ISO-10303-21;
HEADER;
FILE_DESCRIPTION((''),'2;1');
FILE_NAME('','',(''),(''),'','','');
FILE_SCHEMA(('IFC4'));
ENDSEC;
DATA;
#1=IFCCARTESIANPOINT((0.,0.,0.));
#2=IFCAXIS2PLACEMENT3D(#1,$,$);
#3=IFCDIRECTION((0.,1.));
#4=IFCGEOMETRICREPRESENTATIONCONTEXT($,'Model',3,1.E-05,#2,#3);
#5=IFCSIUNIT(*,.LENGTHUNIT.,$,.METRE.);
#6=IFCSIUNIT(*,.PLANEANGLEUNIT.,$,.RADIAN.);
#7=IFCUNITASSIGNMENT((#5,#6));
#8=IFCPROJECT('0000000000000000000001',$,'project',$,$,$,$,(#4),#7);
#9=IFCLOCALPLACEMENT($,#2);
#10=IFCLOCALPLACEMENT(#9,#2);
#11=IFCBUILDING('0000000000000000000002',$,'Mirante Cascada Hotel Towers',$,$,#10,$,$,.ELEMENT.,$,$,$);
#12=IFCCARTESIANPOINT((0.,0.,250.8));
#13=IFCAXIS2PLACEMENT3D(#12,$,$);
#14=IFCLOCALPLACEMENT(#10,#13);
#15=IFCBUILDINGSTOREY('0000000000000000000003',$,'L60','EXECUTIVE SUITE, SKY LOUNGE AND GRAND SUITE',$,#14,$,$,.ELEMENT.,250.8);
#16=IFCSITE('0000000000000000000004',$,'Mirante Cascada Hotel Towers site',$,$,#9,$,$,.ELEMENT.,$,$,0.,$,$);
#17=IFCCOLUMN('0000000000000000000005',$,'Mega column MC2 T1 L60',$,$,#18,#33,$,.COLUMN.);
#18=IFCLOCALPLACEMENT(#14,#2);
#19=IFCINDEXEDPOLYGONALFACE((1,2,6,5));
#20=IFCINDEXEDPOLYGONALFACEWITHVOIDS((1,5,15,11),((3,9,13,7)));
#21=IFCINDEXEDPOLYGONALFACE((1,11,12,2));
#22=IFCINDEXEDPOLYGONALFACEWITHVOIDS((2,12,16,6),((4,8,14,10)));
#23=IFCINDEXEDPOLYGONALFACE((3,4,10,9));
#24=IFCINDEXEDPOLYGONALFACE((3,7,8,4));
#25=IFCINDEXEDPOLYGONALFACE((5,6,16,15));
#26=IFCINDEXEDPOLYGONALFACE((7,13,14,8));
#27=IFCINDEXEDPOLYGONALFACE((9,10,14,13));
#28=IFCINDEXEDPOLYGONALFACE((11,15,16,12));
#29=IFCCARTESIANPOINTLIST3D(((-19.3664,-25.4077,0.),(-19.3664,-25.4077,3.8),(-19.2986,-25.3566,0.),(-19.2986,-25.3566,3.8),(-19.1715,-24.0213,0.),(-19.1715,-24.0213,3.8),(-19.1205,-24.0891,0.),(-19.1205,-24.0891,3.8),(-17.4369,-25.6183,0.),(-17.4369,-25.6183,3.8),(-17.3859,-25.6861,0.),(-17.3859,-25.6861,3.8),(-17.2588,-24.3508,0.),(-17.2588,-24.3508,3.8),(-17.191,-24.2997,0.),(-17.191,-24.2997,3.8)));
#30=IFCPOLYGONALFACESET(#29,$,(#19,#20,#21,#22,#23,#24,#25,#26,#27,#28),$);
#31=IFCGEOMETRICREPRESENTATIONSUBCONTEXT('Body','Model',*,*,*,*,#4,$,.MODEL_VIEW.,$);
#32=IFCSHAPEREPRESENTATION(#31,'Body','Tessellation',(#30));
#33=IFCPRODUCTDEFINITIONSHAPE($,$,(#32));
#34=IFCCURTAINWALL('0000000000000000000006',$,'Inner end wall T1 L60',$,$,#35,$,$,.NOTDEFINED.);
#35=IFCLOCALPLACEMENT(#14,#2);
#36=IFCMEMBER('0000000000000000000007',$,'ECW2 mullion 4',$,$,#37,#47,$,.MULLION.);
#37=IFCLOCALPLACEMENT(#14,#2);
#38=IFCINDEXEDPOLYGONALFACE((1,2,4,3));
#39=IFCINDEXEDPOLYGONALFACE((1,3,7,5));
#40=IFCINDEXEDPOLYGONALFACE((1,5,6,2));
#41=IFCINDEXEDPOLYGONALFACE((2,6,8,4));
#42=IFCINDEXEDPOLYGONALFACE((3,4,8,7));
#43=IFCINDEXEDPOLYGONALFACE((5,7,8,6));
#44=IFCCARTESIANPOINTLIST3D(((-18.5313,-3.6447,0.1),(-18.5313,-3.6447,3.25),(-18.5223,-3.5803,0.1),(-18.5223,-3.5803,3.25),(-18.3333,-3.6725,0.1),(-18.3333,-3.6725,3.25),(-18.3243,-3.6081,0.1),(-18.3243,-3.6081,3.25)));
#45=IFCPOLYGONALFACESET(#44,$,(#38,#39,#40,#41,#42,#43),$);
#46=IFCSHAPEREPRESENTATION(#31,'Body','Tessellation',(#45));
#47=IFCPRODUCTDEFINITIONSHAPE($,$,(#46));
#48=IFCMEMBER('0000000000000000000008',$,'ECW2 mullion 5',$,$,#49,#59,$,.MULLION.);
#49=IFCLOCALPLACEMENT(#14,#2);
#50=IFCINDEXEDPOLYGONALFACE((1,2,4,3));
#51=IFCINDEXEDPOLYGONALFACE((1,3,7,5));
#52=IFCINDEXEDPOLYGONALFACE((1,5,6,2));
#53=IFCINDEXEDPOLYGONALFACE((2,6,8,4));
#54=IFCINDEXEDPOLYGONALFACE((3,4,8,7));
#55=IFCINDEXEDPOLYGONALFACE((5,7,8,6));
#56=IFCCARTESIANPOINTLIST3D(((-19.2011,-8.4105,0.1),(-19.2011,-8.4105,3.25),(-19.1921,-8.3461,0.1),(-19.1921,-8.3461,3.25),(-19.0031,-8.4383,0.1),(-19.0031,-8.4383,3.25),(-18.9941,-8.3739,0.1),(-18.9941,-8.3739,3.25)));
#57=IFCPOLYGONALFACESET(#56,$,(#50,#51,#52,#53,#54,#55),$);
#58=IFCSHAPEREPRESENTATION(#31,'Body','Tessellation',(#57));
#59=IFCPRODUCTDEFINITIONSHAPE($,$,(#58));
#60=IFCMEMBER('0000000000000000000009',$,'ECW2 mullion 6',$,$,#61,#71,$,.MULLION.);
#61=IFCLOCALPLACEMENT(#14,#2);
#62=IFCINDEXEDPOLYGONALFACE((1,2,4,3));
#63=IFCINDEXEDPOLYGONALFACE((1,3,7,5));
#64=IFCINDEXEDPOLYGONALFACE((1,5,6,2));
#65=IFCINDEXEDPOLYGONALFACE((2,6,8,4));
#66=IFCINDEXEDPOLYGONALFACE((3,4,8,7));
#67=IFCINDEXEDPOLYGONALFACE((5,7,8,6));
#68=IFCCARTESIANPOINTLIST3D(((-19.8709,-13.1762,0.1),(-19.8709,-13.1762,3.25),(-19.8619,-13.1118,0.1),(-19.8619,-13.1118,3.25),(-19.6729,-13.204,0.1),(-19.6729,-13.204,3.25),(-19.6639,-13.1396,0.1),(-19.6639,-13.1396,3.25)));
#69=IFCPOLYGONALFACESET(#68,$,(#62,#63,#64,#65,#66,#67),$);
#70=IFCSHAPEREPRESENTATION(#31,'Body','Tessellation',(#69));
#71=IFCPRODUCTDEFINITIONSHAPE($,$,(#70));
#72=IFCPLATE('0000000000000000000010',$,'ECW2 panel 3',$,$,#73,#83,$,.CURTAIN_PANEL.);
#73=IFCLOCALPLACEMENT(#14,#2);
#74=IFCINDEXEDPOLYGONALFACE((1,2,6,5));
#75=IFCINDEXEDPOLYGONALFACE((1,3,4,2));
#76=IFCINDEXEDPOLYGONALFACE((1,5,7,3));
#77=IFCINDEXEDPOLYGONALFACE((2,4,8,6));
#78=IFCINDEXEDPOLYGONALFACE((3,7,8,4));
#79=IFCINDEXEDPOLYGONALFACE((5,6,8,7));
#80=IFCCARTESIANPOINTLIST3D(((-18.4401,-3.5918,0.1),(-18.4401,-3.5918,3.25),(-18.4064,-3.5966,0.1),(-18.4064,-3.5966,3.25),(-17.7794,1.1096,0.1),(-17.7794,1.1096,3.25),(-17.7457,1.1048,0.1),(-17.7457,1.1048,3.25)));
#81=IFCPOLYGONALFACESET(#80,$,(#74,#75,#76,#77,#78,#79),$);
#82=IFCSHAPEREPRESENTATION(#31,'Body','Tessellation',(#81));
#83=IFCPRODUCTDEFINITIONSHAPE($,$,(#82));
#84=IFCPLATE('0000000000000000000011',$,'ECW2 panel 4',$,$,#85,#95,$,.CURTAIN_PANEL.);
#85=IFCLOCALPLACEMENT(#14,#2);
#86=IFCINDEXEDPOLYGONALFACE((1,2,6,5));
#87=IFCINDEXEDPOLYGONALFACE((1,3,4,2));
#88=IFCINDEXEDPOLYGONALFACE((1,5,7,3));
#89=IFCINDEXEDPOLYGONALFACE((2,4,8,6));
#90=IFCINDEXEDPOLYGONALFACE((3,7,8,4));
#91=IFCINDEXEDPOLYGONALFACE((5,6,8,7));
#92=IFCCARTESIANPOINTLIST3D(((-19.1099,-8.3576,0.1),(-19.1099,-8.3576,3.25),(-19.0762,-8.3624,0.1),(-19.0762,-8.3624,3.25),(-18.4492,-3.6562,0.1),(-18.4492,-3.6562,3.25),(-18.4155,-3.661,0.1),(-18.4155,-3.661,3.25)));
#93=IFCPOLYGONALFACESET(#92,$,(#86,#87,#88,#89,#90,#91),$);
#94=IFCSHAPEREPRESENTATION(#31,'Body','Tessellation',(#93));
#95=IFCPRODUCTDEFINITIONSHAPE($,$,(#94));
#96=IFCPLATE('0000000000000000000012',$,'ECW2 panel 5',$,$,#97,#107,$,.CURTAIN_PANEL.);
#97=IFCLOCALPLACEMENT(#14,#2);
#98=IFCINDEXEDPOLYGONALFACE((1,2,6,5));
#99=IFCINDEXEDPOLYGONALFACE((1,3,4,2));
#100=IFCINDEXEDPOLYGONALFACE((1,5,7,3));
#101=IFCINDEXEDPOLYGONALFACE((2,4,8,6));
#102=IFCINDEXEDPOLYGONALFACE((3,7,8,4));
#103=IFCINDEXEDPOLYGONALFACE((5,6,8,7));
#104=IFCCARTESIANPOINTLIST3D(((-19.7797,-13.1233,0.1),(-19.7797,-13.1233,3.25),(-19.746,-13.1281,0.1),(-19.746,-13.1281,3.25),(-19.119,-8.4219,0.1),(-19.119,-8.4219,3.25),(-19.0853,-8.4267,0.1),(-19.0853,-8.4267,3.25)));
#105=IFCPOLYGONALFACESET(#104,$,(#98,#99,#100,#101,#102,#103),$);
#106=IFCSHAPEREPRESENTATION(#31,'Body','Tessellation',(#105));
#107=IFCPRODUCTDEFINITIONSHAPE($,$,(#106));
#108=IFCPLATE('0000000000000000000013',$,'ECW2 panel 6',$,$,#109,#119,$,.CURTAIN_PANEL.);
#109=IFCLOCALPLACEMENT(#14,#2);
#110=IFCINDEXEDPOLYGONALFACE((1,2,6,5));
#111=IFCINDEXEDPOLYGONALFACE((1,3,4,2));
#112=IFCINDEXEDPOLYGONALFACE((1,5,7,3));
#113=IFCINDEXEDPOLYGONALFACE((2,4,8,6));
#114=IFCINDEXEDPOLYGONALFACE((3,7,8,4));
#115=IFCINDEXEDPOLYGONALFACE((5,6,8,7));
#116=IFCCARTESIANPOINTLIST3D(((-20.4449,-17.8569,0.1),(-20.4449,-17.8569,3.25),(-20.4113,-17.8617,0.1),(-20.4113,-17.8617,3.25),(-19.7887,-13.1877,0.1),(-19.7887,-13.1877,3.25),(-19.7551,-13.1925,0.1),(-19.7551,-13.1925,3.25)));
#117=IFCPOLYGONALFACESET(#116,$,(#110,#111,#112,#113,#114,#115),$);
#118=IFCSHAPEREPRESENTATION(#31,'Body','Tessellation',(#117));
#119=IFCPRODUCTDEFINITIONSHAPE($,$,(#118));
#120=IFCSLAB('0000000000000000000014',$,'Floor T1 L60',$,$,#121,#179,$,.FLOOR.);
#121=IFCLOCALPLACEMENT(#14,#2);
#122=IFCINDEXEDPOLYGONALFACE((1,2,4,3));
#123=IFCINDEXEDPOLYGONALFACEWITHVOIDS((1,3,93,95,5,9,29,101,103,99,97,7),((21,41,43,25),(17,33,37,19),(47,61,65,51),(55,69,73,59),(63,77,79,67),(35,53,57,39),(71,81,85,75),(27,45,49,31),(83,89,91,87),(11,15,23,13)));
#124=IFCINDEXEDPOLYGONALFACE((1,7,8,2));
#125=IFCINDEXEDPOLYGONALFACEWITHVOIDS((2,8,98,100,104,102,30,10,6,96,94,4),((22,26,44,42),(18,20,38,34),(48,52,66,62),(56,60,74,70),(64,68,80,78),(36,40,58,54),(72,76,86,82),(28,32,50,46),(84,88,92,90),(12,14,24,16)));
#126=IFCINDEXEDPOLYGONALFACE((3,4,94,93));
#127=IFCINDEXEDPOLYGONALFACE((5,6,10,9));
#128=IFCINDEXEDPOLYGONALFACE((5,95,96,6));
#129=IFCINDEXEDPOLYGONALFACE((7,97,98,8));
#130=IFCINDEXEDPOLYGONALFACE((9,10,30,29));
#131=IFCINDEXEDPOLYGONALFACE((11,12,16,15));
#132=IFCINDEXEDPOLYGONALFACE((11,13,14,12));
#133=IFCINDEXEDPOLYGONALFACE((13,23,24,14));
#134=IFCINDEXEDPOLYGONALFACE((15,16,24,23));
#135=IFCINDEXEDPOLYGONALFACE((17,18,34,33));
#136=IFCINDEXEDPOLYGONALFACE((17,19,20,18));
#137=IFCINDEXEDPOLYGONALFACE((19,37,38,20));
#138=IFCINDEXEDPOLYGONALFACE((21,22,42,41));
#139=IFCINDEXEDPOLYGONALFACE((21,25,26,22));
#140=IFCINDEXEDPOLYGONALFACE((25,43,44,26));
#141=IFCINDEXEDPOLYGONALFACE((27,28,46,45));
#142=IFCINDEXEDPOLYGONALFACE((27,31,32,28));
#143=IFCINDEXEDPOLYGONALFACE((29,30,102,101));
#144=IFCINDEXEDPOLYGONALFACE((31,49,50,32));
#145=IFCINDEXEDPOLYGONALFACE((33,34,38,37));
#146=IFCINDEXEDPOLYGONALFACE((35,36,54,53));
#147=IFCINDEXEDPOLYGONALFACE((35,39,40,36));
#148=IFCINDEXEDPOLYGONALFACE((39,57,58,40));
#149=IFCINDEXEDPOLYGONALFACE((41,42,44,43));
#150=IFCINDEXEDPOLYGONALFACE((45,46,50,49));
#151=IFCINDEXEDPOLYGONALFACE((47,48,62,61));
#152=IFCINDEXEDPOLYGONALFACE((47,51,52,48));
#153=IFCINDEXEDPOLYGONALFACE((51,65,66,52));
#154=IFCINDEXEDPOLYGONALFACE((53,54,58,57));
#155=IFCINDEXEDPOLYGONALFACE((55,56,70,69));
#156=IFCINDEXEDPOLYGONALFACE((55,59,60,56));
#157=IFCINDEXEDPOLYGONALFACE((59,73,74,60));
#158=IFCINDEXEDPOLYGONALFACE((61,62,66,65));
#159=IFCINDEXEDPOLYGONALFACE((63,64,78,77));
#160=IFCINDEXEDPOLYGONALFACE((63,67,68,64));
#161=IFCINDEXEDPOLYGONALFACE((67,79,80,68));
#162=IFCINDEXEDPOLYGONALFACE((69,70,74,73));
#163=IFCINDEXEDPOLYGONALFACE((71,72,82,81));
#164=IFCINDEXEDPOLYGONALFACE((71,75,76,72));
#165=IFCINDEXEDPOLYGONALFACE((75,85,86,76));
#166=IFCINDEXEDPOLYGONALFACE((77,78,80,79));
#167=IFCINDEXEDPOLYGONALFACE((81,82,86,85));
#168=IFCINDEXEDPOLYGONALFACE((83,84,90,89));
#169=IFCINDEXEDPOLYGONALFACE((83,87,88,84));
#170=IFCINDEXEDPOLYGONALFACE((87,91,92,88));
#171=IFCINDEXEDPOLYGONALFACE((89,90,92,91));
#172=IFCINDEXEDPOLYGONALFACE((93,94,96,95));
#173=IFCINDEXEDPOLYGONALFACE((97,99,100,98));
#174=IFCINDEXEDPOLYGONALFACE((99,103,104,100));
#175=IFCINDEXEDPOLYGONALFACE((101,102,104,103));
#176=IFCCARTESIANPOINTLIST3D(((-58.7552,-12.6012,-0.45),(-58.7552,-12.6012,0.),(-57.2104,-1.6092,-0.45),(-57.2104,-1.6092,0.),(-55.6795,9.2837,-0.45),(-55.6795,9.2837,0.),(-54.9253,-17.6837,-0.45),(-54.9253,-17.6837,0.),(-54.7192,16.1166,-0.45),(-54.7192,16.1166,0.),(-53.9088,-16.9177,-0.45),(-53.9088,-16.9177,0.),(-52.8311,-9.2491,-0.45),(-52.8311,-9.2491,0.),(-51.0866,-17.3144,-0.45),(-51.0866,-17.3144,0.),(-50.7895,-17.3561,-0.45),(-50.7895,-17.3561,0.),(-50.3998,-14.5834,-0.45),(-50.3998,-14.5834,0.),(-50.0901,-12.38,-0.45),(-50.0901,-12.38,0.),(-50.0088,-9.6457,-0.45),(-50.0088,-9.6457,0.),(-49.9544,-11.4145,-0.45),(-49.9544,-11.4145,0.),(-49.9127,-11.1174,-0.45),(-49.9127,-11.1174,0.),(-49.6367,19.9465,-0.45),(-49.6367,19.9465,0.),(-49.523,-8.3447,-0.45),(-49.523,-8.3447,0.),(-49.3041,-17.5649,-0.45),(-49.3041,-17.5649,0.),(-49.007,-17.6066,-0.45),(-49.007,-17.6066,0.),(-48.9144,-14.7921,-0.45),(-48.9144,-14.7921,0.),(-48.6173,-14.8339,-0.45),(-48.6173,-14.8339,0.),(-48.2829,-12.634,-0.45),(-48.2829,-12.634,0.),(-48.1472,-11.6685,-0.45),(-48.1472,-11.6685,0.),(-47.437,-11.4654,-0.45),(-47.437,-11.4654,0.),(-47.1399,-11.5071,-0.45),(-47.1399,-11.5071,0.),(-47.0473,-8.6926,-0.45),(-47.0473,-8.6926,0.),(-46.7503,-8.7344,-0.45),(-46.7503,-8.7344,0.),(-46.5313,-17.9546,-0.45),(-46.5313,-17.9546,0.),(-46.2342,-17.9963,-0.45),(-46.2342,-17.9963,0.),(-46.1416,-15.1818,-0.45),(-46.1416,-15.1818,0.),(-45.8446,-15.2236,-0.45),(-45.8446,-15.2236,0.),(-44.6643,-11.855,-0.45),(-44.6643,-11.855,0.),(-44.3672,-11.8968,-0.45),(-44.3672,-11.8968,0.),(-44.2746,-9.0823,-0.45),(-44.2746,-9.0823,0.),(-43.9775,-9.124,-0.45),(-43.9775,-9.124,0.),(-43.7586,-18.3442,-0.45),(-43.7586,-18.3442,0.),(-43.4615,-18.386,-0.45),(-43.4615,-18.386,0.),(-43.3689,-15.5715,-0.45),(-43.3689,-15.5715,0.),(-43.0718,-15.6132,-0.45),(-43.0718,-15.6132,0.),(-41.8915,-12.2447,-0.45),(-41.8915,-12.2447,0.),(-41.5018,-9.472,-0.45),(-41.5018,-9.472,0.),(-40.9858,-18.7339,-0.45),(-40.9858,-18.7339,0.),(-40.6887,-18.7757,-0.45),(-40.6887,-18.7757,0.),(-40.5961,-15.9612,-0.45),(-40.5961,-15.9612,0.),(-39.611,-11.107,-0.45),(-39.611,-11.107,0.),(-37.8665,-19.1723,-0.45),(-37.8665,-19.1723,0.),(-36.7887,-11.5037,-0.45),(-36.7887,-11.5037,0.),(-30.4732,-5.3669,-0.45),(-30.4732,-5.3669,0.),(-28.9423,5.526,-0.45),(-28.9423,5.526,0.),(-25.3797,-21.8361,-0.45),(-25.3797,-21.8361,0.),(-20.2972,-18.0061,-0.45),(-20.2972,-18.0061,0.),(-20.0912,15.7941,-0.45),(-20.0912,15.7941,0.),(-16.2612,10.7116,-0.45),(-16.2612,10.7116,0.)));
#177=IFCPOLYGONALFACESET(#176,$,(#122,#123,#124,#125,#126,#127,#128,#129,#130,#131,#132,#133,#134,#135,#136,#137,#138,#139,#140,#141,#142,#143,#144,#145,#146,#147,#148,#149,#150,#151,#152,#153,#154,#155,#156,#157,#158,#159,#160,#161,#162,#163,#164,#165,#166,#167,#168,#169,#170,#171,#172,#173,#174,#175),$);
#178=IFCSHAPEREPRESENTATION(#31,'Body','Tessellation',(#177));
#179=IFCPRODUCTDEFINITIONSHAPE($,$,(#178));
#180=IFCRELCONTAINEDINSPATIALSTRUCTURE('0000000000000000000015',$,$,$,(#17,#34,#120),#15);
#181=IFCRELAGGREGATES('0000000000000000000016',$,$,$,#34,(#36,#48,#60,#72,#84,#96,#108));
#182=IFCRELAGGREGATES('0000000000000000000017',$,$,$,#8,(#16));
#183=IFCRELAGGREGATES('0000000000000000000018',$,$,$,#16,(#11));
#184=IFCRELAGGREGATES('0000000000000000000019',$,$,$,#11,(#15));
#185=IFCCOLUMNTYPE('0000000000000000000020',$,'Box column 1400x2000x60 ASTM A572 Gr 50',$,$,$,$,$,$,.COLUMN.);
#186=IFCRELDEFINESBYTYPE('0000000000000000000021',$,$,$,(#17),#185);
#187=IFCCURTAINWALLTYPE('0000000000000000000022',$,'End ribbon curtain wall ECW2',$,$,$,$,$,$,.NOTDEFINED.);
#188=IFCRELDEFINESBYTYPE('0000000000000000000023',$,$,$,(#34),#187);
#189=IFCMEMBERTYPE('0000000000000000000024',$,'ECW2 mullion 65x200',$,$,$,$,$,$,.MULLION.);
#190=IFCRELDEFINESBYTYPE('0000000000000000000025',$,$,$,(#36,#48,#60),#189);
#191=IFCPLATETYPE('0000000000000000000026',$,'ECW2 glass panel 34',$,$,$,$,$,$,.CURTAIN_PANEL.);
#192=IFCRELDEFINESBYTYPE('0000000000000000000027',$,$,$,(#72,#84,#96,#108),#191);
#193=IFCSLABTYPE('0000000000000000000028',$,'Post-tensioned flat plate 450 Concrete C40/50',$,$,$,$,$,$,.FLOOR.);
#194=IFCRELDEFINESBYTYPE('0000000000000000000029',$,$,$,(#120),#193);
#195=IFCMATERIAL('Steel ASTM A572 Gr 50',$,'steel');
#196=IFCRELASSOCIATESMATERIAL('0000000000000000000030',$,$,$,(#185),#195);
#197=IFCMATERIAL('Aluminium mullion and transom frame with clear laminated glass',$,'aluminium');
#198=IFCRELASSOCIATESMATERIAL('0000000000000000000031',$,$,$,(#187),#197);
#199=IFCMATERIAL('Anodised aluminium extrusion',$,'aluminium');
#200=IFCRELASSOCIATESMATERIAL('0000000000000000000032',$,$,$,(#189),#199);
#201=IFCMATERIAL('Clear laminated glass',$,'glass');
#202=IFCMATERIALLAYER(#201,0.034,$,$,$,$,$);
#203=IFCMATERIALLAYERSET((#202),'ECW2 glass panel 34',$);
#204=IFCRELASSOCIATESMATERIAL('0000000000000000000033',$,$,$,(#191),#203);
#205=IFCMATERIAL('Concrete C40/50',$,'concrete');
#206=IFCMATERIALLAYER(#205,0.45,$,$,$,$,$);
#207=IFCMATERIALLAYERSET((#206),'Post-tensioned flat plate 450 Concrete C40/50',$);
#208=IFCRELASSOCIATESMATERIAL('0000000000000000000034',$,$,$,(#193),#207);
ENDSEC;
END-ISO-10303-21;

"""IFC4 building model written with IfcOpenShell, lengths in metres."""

from ifc_helpers import new_model, si_unit, direction, frame, origin, origin_2d, place, context, subcontext, project, spatial, polyline, rectangle, hollow_rectangle, outline, extrude, material, layer, layer_set, material_profile, profile_set, type_object, element, aggregate, save


model = new_model("IFC4")

# Units and contexts
model_context = context("Model", 3, precision=1e-05, world=origin(), true_north=direction((0.0, 1.0)))
body_context = subcontext(model_context, "Body", "Model", "MODEL_VIEW")
ifc_project = project(units=[si_unit("LENGTHUNIT", "METRE"), si_unit("PLANEANGLEUNIT", "RADIAN")], contexts=[model_context])

# Site, building, storey
site_placement = place(None, origin())
site = spatial("IfcSite", under=ifc_project, at=site_placement, Name="Mirante Cascada Hotel Towers site", CompositionType="ELEMENT", RefElevation=0.0)
building_placement = place(site_placement, origin())
building = spatial("IfcBuilding", under=site, at=building_placement, Name="Mirante Cascada Hotel Towers", CompositionType="ELEMENT")
storey_placement = place(building_placement, frame((0.0, 0.0, 250.8)))
storey = spatial("IfcBuildingStorey", under=building, at=storey_placement, Name="L60", Description="EXECUTIVE SUITE, SKY LOUNGE AND GRAND SUITE", CompositionType="ELEMENT", Elevation=250.8)

# Column
ifc_material_1 = material(Name="Steel ASTM A572 Gr 50", Category="steel")
ifc_material_profile_1 = material_profile(ifc_material_1, hollow_rectangle(XDim=2.0, YDim=1.4, WallThickness=0.06, at=origin_2d()), Name="Box column 1400x2000x60 ASTM A572 Gr 50")
ifc_profile_set_1 = profile_set([ifc_material_profile_1], Name="Steel ASTM A572 Gr 50")
column_type = type_object("IfcColumnType", Name="Box column 1400x2000x60 ASTM A572 Gr 50", PredefinedType="COLUMN", material=ifc_profile_set_1)
column_placement = place(storey_placement, frame((-18.2787, -24.8537, 0.0), z_axis=(0.0, 0.0, 1.0), x_axis=(-0.990268, 0.139173, 0.0)))
element("IfcColumn", 1, at=column_placement, inside=storey, type_object=column_type, Name="Mega column MC2 T1 L60", PredefinedType="COLUMN", context=body_context, shape_type="SweptSolid", body=[
    extrude(hollow_rectangle(XDim=2.0, YDim=1.4, WallThickness=0.06, at=origin_2d()), origin(), (0.0, 0.0, 1.0), 3.8),
])

# Curtain wall, members, plates
ifc_material_2 = material(Name="Aluminium mullion and transom frame with clear laminated glass", Category="aluminium")
curtain_wall_type = type_object("IfcCurtainWallType", Name="End ribbon curtain wall ECW2", PredefinedType="NOTDEFINED", material=ifc_material_2)
curtain_wall_placement = place(storey_placement, origin())
curtain_wall = element("IfcCurtainWall", 2, at=curtain_wall_placement, inside=storey, type_object=curtain_wall_type, Name="Inner end wall T1 L60", PredefinedType="NOTDEFINED")
ifc_material_3 = material(Name="Anodised aluminium extrusion", Category="aluminium")
ifc_material_profile_2 = material_profile(ifc_material_3, rectangle(XDim=0.2, YDim=0.065, at=origin_2d()), Name="ECW2 MULLION 65x200")
ifc_profile_set_2 = profile_set([ifc_material_profile_2], Name="Anodised aluminium extrusion")
member_type = type_object("IfcMemberType", Name="ECW2 mullion 65x200", PredefinedType="MULLION", material=ifc_profile_set_2)
member_1_placement = place(storey_placement, frame((-18.4278, -3.6264, 0.1), z_axis=(0.0, 0.0, 1.0), x_axis=(0.990268, -0.139173, 0.0)))
member_1 = element("IfcMember", 3, at=member_1_placement, type_object=member_type, Name="ECW2 mullion 4", PredefinedType="MULLION", context=body_context, shape_type="SweptSolid", body=[
    extrude(rectangle(XDim=0.2, YDim=0.065, at=origin_2d()), origin(), (0.0, 0.0, 1.0), 3.15),
])
member_2_placement = place(storey_placement, frame((-19.0976, -8.3922, 0.1), z_axis=(0.0, 0.0, 1.0), x_axis=(0.990268, -0.139173, 0.0)))
member_2 = element("IfcMember", 4, at=member_2_placement, type_object=member_type, Name="ECW2 mullion 5", PredefinedType="MULLION", context=body_context, shape_type="SweptSolid", body=[
    extrude(rectangle(XDim=0.2, YDim=0.065, at=origin_2d()), origin(), (0.0, 0.0, 1.0), 3.15),
])
member_3_placement = place(storey_placement, frame((-19.7674, -13.1579, 0.1), z_axis=(0.0, 0.0, 1.0), x_axis=(0.990268, -0.139173, 0.0)))
member_3 = element("IfcMember", 5, at=member_3_placement, type_object=member_type, Name="ECW2 mullion 6", PredefinedType="MULLION", context=body_context, shape_type="SweptSolid", body=[
    extrude(rectangle(XDim=0.2, YDim=0.065, at=origin_2d()), origin(), (0.0, 0.0, 1.0), 3.15),
])
ifc_material_4 = material(Name="Clear laminated glass", Category="glass")
ifc_layer_1 = layer(ifc_material_4, 0.034)
ifc_layer_set_1 = layer_set([ifc_layer_1], Name="ECW2 glass panel 34")
plate_type = type_object("IfcPlateType", Name="ECW2 glass panel 34", PredefinedType="CURTAIN_PANEL", material=ifc_layer_set_1)
plate_1_placement = place(storey_placement, frame((-18.0929, -1.2435, 0.1), z_axis=(0.0, 0.0, 1.0), x_axis=(-0.139173, -0.990268, 0.0)))
plate_1 = element("IfcPlate", 6, at=plate_1_placement, type_object=plate_type, Name="ECW2 panel 3", PredefinedType="CURTAIN_PANEL", context=body_context, shape_type="SweptSolid", body=[
    extrude(rectangle(XDim=4.7476, YDim=0.034, at=origin_2d()), origin(), (0.0, 0.0, 1.0), 3.15),
])
plate_2_placement = place(storey_placement, frame((-18.7627, -6.0093, 0.1), z_axis=(0.0, 0.0, 1.0), x_axis=(-0.139173, -0.990268, 0.0)))
plate_2 = element("IfcPlate", 7, at=plate_2_placement, type_object=plate_type, Name="ECW2 panel 4", PredefinedType="CURTAIN_PANEL", context=body_context, shape_type="SweptSolid", body=[
    extrude(rectangle(XDim=4.7476, YDim=0.034, at=origin_2d()), origin(), (0.0, 0.0, 1.0), 3.15),
])
plate_3_placement = place(storey_placement, frame((-19.4325, -10.775, 0.1), z_axis=(0.0, 0.0, 1.0), x_axis=(-0.139173, -0.990268, 0.0)))
plate_3 = element("IfcPlate", 8, at=plate_3_placement, type_object=plate_type, Name="ECW2 panel 5", PredefinedType="CURTAIN_PANEL", context=body_context, shape_type="SweptSolid", body=[
    extrude(rectangle(XDim=4.7476, YDim=0.034, at=origin_2d()), origin(), (0.0, 0.0, 1.0), 3.15),
])
plate_4_placement = place(storey_placement, frame((-20.1, -15.5247, 0.1), z_axis=(0.0, 0.0, 1.0), x_axis=(-0.139173, -0.990268, 0.0)))
plate_4 = element("IfcPlate", 9, at=plate_4_placement, type_object=plate_type, Name="ECW2 panel 6", PredefinedType="CURTAIN_PANEL", context=body_context, shape_type="SweptSolid", body=[
    extrude(rectangle(XDim=4.7151, YDim=0.034, at=origin_2d()), origin(), (0.0, 0.0, 1.0), 3.15),
])
aggregate(curtain_wall, [member_1, member_2, member_3, plate_1, plate_2, plate_3, plate_4])

# Slab
ifc_material_5 = material(Name="Concrete C40/50", Category="concrete")
ifc_layer_2 = layer(ifc_material_5, 0.45)
ifc_layer_set_2 = layer_set([ifc_layer_2], Name="Post-tensioned flat plate 450 Concrete C40/50")
slab_type_1 = type_object("IfcSlabType", Name="Post-tensioned flat plate 450 Concrete C40/50", PredefinedType="FLOOR", material=ifc_layer_set_2)
slab_1_placement = place(storey_placement, frame((0.0, 0.0, -0.45)))
element("IfcSlab", 10, at=slab_1_placement, inside=storey, type_object=slab_type_1, Name="Floor T1 L60", PredefinedType="FLOOR", context=body_context, shape_type="SweptSolid", body=[
    extrude(outline(polyline([(-20.2972, -18.0061), (-16.2612, 10.7116), (-20.0912, 15.7941), (-49.6367, 19.9465), (-49.6367, 19.9465), (-49.6367, 19.9465), (-49.6367, 19.9465), (-49.6367, 19.9465), (-49.6367, 19.9465), (-49.6367, 19.9465), (-49.6367, 19.9465), (-49.6367, 19.9465), (-54.7192, 16.1166), (-55.6795, 9.2837), (-28.9423, 5.526), (-30.4732, -5.3669), (-57.2104, -1.6092), (-58.7552, -12.6012), (-54.9253, -17.6837), (-54.9253, -17.6837), (-54.9253, -17.6837), (-54.9253, -17.6837), (-54.9253, -17.6837), (-54.9253, -17.6837), (-54.9253, -17.6837), (-54.9253, -17.6837), (-54.9253, -17.6837), (-25.3797, -21.8361), (-20.2972, -18.0061)]), holes=[polyline([(-40.5961, -15.9612), (-40.9858, -18.7339), (-43.4615, -18.386), (-43.0718, -15.6132), (-40.5961, -15.9612)]), polyline([(-43.3689, -15.5715), (-43.7586, -18.3442), (-46.2342, -17.9963), (-45.8446, -15.2236), (-43.3689, -15.5715)]), polyline([(-37.8665, -19.1723), (-40.6887, -18.7757), (-39.611, -11.107), (-36.7887, -11.5037), (-37.8665, -19.1723)]), polyline([(-43.9775, -9.124), (-41.5018, -9.472), (-41.8915, -12.2447), (-44.3672, -11.8968), (-43.9775, -9.124)]), polyline([(-46.7503, -8.7344), (-44.2746, -9.0823), (-44.6643, -11.855), (-47.1399, -11.5071), (-46.7503, -8.7344)]), polyline([(-48.6173, -14.8339), (-46.1416, -15.1818), (-46.5313, -17.9546), (-49.007, -17.6066), (-48.6173, -14.8339)]), polyline([(-50.3998, -14.5834), (-48.9144, -14.7921), (-49.3041, -17.5649), (-50.7895, -17.3561), (-50.3998, -14.5834)]), polyline([(-51.0866, -17.3144), (-53.9088, -16.9177), (-52.8311, -9.2491), (-50.0088, -9.6457), (-51.0866, -17.3144)]), polyline([(-49.9544, -11.4145), (-48.1472, -11.6685), (-48.2829, -12.634), (-50.0901, -12.38), (-49.9544, -11.4145)]), polyline([(-49.523, -8.3447), (-47.0473, -8.6926), (-47.437, -11.4654), (-49.9127, -11.1174), (-49.523, -8.3447)])]), origin(), (0.0, 0.0, 1.0), 0.45),
])

save(model, "model.ifc")
